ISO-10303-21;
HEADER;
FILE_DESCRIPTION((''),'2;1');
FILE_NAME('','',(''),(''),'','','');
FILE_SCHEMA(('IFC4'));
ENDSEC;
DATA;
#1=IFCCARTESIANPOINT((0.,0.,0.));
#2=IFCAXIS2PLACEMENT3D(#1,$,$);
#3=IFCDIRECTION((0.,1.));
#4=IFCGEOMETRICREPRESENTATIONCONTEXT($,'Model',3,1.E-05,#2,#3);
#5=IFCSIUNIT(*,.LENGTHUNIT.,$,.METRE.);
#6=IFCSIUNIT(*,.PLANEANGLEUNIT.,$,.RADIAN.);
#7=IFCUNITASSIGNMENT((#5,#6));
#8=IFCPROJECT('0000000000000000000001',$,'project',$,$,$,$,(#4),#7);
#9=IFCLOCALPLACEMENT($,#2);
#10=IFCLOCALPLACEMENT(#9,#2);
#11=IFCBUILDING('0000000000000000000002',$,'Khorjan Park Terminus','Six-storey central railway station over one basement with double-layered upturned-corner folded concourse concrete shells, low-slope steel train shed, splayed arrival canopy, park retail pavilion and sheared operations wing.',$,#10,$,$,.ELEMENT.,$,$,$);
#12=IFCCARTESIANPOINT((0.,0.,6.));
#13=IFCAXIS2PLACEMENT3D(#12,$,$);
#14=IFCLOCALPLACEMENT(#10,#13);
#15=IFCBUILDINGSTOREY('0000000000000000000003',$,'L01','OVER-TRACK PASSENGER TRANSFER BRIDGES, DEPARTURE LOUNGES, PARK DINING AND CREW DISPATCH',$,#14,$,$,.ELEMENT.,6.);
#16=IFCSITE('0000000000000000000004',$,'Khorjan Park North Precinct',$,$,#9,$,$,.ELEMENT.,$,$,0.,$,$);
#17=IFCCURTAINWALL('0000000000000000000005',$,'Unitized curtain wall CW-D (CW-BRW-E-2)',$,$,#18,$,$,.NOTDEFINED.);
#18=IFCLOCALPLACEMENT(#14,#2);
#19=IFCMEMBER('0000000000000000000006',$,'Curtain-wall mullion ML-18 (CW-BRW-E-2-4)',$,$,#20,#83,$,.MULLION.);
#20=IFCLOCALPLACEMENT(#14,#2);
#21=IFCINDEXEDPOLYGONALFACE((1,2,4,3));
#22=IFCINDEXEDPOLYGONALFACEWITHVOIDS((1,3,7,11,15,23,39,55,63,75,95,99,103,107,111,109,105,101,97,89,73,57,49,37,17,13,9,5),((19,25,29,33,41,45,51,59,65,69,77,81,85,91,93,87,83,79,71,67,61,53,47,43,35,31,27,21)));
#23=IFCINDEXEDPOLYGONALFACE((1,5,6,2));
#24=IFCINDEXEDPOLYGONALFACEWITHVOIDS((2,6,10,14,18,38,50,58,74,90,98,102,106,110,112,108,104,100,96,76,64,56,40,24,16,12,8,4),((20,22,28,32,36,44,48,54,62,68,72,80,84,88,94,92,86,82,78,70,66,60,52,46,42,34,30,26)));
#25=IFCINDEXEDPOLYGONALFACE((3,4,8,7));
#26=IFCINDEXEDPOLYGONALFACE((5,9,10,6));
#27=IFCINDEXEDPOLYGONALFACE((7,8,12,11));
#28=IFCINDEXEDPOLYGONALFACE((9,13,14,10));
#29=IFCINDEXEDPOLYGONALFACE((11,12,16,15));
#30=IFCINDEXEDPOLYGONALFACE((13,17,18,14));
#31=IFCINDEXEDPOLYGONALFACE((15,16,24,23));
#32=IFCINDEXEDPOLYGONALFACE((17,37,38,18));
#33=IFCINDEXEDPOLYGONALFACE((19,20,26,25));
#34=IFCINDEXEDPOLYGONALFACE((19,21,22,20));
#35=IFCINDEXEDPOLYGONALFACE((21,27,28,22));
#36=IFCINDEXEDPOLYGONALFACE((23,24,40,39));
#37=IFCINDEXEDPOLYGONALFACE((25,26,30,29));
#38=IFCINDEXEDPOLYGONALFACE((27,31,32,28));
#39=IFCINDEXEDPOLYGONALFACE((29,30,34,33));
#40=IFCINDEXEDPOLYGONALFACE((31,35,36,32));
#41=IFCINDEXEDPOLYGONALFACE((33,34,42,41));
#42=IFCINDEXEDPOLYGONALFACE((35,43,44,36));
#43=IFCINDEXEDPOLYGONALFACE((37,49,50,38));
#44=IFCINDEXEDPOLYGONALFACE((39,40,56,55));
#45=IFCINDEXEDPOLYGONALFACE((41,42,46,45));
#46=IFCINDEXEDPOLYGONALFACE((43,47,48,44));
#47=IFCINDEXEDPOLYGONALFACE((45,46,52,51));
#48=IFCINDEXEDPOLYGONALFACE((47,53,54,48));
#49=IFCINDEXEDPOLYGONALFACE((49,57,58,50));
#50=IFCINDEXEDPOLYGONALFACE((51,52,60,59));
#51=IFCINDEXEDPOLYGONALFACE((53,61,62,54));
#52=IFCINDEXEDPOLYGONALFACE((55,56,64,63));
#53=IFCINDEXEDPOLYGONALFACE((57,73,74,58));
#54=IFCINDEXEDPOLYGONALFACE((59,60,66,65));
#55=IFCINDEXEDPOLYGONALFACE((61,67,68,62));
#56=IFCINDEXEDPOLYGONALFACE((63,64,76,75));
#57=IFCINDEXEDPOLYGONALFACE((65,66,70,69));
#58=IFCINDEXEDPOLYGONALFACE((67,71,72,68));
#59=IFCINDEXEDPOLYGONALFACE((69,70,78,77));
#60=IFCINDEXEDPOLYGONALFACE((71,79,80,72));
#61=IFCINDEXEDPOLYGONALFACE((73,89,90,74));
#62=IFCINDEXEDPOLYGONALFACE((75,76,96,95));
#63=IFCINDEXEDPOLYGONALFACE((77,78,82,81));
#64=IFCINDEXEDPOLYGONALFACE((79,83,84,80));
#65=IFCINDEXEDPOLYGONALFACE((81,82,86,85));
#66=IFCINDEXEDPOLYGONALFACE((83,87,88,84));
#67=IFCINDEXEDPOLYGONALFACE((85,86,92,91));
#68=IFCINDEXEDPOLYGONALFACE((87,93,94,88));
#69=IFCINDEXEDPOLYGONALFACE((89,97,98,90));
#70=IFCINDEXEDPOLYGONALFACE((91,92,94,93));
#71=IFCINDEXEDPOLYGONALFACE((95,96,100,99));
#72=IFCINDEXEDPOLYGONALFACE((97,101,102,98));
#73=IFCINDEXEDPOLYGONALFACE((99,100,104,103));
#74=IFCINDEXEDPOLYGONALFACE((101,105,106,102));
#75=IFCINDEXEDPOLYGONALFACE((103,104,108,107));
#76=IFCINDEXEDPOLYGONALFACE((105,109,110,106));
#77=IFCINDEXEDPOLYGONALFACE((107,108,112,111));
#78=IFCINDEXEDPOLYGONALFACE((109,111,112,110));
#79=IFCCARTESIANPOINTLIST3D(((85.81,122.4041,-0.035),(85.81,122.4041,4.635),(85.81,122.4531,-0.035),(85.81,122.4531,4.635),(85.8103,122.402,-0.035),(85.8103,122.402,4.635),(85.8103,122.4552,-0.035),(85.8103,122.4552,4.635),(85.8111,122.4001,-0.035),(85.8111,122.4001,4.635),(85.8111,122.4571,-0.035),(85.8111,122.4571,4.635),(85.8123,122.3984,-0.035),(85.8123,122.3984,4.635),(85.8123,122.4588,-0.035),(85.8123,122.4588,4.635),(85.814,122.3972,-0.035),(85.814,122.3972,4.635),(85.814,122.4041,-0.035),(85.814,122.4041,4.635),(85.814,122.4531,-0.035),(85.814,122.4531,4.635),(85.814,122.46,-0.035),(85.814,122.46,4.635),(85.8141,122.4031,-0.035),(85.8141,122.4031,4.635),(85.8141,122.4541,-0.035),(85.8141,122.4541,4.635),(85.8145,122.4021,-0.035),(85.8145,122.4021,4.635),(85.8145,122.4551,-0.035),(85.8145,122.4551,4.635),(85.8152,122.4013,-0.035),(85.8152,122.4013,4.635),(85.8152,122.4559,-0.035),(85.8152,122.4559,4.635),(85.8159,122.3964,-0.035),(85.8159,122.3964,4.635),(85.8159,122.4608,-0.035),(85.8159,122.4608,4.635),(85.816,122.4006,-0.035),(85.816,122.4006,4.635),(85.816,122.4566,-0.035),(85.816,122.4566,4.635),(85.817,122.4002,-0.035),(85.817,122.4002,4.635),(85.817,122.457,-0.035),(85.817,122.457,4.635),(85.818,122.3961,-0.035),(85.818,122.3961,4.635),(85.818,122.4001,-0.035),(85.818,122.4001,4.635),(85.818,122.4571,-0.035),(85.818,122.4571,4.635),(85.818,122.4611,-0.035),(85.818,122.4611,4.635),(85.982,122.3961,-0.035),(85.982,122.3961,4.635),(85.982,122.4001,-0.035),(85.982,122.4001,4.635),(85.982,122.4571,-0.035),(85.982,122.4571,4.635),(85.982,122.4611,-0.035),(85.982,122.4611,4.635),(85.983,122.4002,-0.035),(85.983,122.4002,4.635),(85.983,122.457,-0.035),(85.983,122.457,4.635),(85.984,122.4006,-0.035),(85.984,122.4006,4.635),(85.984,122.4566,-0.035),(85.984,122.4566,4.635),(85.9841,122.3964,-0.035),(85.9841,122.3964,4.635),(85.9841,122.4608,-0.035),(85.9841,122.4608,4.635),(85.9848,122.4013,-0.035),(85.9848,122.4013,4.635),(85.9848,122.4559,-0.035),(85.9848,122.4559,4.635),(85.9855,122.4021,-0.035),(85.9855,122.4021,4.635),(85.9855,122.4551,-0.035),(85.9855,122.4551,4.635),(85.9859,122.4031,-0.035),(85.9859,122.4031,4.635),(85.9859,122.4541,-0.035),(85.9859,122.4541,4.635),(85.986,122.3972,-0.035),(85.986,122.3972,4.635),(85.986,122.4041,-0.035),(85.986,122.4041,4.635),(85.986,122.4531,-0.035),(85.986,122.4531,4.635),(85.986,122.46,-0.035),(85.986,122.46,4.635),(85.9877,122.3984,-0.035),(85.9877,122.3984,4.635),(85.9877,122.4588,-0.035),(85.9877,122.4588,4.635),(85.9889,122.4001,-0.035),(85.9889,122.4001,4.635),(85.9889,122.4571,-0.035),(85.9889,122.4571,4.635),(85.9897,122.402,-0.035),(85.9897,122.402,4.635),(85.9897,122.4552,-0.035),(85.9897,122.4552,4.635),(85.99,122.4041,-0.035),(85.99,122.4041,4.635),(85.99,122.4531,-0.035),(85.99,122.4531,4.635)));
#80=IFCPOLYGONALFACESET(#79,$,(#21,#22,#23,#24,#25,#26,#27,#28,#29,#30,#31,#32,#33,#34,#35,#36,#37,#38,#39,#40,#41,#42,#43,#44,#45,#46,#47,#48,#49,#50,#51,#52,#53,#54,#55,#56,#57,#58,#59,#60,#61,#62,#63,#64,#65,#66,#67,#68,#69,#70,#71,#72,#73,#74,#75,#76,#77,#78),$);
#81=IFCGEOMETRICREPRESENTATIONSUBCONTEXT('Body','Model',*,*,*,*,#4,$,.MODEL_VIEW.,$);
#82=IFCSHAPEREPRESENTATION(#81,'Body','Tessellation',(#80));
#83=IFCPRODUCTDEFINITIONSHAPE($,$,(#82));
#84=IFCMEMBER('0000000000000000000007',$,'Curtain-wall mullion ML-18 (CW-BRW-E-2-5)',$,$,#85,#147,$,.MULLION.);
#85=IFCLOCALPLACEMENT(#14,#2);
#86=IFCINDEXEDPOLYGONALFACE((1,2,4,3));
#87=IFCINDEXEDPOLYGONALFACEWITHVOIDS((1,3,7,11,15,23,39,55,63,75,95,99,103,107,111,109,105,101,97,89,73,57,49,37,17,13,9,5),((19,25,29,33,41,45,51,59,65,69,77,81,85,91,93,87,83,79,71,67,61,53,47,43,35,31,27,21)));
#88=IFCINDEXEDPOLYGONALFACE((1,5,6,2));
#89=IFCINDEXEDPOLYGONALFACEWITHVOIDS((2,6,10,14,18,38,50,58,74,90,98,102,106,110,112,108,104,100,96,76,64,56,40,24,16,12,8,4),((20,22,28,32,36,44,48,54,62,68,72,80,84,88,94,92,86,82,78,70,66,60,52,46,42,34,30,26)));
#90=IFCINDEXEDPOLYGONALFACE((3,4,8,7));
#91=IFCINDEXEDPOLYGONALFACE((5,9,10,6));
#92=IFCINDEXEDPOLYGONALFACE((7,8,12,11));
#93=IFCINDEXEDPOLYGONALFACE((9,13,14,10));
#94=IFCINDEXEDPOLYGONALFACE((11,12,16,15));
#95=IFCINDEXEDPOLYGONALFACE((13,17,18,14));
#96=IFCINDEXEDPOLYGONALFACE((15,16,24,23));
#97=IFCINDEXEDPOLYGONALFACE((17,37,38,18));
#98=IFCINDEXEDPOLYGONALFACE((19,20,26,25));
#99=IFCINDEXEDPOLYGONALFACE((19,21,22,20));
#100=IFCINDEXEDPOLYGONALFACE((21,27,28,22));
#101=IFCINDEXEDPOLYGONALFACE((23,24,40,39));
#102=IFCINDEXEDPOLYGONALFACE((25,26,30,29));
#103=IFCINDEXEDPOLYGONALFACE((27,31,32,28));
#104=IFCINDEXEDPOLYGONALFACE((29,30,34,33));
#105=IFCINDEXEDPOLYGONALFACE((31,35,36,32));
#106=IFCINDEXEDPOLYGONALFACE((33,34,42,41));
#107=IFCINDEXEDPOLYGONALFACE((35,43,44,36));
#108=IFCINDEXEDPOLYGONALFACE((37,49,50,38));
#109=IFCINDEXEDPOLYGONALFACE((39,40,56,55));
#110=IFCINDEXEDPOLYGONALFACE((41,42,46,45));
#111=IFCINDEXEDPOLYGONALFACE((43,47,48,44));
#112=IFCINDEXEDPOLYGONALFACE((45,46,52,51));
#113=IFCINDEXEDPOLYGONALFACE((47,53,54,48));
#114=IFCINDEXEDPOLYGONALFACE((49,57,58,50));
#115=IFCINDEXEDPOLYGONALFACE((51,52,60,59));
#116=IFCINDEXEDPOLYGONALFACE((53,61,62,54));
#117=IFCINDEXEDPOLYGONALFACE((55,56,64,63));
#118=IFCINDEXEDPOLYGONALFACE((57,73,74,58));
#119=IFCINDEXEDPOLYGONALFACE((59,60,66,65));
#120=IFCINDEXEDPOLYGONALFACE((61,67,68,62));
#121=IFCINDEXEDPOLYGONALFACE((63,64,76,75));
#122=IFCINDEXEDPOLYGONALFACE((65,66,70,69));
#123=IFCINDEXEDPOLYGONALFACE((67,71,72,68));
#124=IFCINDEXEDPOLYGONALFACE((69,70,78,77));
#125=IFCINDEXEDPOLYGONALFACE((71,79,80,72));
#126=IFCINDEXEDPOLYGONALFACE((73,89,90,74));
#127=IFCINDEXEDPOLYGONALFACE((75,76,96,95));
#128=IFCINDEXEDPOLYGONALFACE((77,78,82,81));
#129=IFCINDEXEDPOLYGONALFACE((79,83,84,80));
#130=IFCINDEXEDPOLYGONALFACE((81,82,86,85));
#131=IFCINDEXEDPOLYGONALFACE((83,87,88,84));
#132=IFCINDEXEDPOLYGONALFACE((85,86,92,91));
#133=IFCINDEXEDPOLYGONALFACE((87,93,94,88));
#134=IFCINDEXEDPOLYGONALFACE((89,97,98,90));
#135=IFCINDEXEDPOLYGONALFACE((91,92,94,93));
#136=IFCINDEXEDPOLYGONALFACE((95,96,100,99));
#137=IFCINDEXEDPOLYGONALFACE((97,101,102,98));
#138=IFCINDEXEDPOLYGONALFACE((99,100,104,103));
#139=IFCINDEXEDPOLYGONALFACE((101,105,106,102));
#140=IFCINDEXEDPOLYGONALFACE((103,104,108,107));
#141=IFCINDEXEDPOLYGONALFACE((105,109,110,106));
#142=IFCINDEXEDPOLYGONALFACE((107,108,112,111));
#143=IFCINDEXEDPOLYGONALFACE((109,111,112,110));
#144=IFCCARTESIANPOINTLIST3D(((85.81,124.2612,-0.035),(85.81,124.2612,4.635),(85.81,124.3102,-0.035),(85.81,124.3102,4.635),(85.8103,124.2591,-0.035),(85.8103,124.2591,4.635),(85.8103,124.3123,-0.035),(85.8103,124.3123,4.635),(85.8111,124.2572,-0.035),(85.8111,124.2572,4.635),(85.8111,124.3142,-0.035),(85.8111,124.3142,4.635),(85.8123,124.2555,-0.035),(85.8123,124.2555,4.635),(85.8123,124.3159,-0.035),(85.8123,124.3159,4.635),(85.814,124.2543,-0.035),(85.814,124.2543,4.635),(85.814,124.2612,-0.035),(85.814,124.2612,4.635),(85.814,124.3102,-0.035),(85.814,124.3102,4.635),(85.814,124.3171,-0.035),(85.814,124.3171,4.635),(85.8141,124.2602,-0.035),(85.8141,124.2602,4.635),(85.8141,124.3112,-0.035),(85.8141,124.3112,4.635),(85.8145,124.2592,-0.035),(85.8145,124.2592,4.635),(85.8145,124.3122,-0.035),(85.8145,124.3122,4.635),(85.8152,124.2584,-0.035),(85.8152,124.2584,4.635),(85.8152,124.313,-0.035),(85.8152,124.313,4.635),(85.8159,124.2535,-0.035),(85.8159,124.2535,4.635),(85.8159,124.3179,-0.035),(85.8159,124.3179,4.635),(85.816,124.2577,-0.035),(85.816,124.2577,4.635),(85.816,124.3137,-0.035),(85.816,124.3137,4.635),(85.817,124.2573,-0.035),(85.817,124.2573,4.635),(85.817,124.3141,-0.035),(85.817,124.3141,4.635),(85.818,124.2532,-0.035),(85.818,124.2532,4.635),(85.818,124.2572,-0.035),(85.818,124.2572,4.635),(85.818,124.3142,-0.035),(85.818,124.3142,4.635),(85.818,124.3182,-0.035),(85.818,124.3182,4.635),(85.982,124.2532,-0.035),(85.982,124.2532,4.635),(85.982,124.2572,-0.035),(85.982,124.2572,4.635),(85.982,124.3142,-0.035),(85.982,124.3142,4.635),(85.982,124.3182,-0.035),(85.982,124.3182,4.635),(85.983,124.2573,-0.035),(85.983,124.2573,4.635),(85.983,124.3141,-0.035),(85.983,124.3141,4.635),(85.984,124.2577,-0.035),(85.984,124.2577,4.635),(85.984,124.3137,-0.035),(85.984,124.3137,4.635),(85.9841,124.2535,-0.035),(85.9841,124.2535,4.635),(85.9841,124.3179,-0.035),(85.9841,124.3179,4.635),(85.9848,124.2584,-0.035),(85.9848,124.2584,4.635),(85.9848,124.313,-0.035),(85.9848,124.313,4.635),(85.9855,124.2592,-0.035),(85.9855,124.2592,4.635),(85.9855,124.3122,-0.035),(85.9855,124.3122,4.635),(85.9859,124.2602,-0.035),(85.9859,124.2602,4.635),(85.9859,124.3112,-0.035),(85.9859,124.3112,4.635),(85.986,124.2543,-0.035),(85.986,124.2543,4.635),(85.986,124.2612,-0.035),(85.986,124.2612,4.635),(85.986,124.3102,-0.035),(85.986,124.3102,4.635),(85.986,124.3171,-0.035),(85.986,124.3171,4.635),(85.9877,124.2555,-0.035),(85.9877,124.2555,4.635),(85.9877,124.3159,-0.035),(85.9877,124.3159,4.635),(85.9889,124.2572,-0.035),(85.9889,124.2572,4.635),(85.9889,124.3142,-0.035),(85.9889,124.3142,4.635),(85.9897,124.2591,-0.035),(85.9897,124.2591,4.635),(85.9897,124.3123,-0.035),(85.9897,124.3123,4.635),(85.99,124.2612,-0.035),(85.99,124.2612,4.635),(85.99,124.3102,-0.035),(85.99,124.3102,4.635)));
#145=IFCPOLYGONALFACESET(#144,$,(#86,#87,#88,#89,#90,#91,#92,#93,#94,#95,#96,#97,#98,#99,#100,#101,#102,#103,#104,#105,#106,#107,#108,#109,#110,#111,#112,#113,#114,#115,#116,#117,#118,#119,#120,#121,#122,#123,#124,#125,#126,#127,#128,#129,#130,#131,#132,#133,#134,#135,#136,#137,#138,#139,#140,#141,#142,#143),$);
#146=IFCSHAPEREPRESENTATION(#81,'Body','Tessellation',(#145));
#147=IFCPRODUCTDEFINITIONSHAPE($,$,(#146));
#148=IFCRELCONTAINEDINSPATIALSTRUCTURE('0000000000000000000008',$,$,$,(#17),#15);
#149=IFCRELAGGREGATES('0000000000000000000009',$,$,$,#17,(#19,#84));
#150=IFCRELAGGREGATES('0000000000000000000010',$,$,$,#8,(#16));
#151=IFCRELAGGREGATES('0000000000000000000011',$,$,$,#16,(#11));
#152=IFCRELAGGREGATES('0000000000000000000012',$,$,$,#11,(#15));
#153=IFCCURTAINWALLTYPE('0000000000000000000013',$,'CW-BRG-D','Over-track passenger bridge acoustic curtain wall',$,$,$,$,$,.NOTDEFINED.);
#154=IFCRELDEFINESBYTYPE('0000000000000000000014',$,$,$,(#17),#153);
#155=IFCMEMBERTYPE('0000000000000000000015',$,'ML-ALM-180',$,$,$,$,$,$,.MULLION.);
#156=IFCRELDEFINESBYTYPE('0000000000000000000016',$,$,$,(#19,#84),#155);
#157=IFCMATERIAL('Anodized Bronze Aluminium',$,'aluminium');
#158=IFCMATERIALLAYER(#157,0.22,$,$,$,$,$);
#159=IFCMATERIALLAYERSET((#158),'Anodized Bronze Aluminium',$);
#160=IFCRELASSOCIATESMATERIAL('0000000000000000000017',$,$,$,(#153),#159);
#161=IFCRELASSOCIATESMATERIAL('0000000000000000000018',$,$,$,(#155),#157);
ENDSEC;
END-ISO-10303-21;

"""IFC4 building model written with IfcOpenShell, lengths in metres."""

from ifc_helpers import new_model, si_unit, direction, frame, origin, origin_2d, place, context, subcontext, project, spatial, hollow_rectangle, extrude, material, layer, layer_set, material_profile, profile_set, type_object, element, aggregate, save


model = new_model("IFC4")

# Units and contexts
model_context = context("Model", 3, precision=1e-05, world=origin(), true_north=direction((0.0, 1.0)))
body_context = subcontext(model_context, "Body", "Model", "MODEL_VIEW")
ifc_project = project(units=[si_unit("LENGTHUNIT", "METRE"), si_unit("PLANEANGLEUNIT", "RADIAN")], contexts=[model_context])

# Site, building, storey
site_placement = place(None, origin())
site = spatial("IfcSite", under=ifc_project, at=site_placement, Name="Khorjan Park North Precinct", CompositionType="ELEMENT", RefElevation=0.0)
building_placement = place(site_placement, origin())
building = spatial("IfcBuilding", under=site, at=building_placement, Name="Khorjan Park Terminus", Description="Six-storey central railway station over one basement with double-layered upturned-corner folded concourse concrete shells, low-slope steel train shed, splayed arrival canopy, park retail pavilion and sheared operations wing.", CompositionType="ELEMENT")
storey_placement = place(building_placement, frame((0.0, 0.0, 6.0)))
storey = spatial("IfcBuildingStorey", under=building, at=storey_placement, Name="L01", Description="OVER-TRACK PASSENGER TRANSFER BRIDGES, DEPARTURE LOUNGES, PARK DINING AND CREW DISPATCH", CompositionType="ELEMENT", Elevation=6.0)

# Curtain wall, members
ifc_material_1 = material(Name="Anodized Bronze Aluminium", Category="aluminium")
ifc_layer_1 = layer(ifc_material_1, 0.22)
ifc_layer_set_1 = layer_set([ifc_layer_1], Name="Anodized Bronze Aluminium")
curtain_wall_type = type_object("IfcCurtainWallType", Name="CW-BRG-D", Description="Over-track passenger bridge acoustic curtain wall", PredefinedType="NOTDEFINED", material=ifc_layer_set_1)
curtain_wall_placement = place(storey_placement, origin())
curtain_wall = element("IfcCurtainWall", 1, at=curtain_wall_placement, inside=storey, type_object=curtain_wall_type, Name="Unitized curtain wall CW-D (CW-BRW-E-2)", PredefinedType="NOTDEFINED")
ifc_material_profile_1 = material_profile(ifc_material_1, hollow_rectangle(XDim=0.065, YDim=0.18, WallThickness=0.004, InnerFilletRadius=0.004, OuterFilletRadius=0.008, at=origin_2d()), Name="ALM 65x180x4")
ifc_profile_set_1 = profile_set([ifc_material_profile_1], Name="Anodized Bronze Aluminium")
member_type_1 = type_object("IfcMemberType", Name="ML-ALM-180", PredefinedType="MULLION", material=ifc_profile_set_1)
member_1_placement = place(storey_placement, frame((85.9, 122.4286, -0.035), z_axis=(0.0, 0.0, 1.0), x_axis=(0.0, 1.0, 0.0)))
member_1 = element("IfcMember", 2, at=member_1_placement, type_object=member_type_1, Name="Curtain-wall mullion ML-18 (CW-BRW-E-2-4)", PredefinedType="MULLION", context=body_context, shape_type="SweptSolid", body=[
    extrude(hollow_rectangle(XDim=0.065, YDim=0.18, WallThickness=0.004, InnerFilletRadius=0.004, OuterFilletRadius=0.008, at=origin_2d()), origin(), (0.0, 0.0, 1.0), 4.67),
])
member_2_placement = place(storey_placement, frame((85.9, 124.2857, -0.035), z_axis=(0.0, 0.0, 1.0), x_axis=(0.0, 1.0, 0.0)))
member_2 = element("IfcMember", 3, at=member_2_placement, type_object=member_type_1, Name="Curtain-wall mullion ML-18 (CW-BRW-E-2-5)", PredefinedType="MULLION", context=body_context, shape_type="SweptSolid", body=[
    extrude(hollow_rectangle(XDim=0.065, YDim=0.18, WallThickness=0.004, InnerFilletRadius=0.004, OuterFilletRadius=0.008, at=origin_2d()), origin(), (0.0, 0.0, 1.0), 4.67),
])
aggregate(curtain_wall, [member_1, member_2])

save(model, "model.ifc")
